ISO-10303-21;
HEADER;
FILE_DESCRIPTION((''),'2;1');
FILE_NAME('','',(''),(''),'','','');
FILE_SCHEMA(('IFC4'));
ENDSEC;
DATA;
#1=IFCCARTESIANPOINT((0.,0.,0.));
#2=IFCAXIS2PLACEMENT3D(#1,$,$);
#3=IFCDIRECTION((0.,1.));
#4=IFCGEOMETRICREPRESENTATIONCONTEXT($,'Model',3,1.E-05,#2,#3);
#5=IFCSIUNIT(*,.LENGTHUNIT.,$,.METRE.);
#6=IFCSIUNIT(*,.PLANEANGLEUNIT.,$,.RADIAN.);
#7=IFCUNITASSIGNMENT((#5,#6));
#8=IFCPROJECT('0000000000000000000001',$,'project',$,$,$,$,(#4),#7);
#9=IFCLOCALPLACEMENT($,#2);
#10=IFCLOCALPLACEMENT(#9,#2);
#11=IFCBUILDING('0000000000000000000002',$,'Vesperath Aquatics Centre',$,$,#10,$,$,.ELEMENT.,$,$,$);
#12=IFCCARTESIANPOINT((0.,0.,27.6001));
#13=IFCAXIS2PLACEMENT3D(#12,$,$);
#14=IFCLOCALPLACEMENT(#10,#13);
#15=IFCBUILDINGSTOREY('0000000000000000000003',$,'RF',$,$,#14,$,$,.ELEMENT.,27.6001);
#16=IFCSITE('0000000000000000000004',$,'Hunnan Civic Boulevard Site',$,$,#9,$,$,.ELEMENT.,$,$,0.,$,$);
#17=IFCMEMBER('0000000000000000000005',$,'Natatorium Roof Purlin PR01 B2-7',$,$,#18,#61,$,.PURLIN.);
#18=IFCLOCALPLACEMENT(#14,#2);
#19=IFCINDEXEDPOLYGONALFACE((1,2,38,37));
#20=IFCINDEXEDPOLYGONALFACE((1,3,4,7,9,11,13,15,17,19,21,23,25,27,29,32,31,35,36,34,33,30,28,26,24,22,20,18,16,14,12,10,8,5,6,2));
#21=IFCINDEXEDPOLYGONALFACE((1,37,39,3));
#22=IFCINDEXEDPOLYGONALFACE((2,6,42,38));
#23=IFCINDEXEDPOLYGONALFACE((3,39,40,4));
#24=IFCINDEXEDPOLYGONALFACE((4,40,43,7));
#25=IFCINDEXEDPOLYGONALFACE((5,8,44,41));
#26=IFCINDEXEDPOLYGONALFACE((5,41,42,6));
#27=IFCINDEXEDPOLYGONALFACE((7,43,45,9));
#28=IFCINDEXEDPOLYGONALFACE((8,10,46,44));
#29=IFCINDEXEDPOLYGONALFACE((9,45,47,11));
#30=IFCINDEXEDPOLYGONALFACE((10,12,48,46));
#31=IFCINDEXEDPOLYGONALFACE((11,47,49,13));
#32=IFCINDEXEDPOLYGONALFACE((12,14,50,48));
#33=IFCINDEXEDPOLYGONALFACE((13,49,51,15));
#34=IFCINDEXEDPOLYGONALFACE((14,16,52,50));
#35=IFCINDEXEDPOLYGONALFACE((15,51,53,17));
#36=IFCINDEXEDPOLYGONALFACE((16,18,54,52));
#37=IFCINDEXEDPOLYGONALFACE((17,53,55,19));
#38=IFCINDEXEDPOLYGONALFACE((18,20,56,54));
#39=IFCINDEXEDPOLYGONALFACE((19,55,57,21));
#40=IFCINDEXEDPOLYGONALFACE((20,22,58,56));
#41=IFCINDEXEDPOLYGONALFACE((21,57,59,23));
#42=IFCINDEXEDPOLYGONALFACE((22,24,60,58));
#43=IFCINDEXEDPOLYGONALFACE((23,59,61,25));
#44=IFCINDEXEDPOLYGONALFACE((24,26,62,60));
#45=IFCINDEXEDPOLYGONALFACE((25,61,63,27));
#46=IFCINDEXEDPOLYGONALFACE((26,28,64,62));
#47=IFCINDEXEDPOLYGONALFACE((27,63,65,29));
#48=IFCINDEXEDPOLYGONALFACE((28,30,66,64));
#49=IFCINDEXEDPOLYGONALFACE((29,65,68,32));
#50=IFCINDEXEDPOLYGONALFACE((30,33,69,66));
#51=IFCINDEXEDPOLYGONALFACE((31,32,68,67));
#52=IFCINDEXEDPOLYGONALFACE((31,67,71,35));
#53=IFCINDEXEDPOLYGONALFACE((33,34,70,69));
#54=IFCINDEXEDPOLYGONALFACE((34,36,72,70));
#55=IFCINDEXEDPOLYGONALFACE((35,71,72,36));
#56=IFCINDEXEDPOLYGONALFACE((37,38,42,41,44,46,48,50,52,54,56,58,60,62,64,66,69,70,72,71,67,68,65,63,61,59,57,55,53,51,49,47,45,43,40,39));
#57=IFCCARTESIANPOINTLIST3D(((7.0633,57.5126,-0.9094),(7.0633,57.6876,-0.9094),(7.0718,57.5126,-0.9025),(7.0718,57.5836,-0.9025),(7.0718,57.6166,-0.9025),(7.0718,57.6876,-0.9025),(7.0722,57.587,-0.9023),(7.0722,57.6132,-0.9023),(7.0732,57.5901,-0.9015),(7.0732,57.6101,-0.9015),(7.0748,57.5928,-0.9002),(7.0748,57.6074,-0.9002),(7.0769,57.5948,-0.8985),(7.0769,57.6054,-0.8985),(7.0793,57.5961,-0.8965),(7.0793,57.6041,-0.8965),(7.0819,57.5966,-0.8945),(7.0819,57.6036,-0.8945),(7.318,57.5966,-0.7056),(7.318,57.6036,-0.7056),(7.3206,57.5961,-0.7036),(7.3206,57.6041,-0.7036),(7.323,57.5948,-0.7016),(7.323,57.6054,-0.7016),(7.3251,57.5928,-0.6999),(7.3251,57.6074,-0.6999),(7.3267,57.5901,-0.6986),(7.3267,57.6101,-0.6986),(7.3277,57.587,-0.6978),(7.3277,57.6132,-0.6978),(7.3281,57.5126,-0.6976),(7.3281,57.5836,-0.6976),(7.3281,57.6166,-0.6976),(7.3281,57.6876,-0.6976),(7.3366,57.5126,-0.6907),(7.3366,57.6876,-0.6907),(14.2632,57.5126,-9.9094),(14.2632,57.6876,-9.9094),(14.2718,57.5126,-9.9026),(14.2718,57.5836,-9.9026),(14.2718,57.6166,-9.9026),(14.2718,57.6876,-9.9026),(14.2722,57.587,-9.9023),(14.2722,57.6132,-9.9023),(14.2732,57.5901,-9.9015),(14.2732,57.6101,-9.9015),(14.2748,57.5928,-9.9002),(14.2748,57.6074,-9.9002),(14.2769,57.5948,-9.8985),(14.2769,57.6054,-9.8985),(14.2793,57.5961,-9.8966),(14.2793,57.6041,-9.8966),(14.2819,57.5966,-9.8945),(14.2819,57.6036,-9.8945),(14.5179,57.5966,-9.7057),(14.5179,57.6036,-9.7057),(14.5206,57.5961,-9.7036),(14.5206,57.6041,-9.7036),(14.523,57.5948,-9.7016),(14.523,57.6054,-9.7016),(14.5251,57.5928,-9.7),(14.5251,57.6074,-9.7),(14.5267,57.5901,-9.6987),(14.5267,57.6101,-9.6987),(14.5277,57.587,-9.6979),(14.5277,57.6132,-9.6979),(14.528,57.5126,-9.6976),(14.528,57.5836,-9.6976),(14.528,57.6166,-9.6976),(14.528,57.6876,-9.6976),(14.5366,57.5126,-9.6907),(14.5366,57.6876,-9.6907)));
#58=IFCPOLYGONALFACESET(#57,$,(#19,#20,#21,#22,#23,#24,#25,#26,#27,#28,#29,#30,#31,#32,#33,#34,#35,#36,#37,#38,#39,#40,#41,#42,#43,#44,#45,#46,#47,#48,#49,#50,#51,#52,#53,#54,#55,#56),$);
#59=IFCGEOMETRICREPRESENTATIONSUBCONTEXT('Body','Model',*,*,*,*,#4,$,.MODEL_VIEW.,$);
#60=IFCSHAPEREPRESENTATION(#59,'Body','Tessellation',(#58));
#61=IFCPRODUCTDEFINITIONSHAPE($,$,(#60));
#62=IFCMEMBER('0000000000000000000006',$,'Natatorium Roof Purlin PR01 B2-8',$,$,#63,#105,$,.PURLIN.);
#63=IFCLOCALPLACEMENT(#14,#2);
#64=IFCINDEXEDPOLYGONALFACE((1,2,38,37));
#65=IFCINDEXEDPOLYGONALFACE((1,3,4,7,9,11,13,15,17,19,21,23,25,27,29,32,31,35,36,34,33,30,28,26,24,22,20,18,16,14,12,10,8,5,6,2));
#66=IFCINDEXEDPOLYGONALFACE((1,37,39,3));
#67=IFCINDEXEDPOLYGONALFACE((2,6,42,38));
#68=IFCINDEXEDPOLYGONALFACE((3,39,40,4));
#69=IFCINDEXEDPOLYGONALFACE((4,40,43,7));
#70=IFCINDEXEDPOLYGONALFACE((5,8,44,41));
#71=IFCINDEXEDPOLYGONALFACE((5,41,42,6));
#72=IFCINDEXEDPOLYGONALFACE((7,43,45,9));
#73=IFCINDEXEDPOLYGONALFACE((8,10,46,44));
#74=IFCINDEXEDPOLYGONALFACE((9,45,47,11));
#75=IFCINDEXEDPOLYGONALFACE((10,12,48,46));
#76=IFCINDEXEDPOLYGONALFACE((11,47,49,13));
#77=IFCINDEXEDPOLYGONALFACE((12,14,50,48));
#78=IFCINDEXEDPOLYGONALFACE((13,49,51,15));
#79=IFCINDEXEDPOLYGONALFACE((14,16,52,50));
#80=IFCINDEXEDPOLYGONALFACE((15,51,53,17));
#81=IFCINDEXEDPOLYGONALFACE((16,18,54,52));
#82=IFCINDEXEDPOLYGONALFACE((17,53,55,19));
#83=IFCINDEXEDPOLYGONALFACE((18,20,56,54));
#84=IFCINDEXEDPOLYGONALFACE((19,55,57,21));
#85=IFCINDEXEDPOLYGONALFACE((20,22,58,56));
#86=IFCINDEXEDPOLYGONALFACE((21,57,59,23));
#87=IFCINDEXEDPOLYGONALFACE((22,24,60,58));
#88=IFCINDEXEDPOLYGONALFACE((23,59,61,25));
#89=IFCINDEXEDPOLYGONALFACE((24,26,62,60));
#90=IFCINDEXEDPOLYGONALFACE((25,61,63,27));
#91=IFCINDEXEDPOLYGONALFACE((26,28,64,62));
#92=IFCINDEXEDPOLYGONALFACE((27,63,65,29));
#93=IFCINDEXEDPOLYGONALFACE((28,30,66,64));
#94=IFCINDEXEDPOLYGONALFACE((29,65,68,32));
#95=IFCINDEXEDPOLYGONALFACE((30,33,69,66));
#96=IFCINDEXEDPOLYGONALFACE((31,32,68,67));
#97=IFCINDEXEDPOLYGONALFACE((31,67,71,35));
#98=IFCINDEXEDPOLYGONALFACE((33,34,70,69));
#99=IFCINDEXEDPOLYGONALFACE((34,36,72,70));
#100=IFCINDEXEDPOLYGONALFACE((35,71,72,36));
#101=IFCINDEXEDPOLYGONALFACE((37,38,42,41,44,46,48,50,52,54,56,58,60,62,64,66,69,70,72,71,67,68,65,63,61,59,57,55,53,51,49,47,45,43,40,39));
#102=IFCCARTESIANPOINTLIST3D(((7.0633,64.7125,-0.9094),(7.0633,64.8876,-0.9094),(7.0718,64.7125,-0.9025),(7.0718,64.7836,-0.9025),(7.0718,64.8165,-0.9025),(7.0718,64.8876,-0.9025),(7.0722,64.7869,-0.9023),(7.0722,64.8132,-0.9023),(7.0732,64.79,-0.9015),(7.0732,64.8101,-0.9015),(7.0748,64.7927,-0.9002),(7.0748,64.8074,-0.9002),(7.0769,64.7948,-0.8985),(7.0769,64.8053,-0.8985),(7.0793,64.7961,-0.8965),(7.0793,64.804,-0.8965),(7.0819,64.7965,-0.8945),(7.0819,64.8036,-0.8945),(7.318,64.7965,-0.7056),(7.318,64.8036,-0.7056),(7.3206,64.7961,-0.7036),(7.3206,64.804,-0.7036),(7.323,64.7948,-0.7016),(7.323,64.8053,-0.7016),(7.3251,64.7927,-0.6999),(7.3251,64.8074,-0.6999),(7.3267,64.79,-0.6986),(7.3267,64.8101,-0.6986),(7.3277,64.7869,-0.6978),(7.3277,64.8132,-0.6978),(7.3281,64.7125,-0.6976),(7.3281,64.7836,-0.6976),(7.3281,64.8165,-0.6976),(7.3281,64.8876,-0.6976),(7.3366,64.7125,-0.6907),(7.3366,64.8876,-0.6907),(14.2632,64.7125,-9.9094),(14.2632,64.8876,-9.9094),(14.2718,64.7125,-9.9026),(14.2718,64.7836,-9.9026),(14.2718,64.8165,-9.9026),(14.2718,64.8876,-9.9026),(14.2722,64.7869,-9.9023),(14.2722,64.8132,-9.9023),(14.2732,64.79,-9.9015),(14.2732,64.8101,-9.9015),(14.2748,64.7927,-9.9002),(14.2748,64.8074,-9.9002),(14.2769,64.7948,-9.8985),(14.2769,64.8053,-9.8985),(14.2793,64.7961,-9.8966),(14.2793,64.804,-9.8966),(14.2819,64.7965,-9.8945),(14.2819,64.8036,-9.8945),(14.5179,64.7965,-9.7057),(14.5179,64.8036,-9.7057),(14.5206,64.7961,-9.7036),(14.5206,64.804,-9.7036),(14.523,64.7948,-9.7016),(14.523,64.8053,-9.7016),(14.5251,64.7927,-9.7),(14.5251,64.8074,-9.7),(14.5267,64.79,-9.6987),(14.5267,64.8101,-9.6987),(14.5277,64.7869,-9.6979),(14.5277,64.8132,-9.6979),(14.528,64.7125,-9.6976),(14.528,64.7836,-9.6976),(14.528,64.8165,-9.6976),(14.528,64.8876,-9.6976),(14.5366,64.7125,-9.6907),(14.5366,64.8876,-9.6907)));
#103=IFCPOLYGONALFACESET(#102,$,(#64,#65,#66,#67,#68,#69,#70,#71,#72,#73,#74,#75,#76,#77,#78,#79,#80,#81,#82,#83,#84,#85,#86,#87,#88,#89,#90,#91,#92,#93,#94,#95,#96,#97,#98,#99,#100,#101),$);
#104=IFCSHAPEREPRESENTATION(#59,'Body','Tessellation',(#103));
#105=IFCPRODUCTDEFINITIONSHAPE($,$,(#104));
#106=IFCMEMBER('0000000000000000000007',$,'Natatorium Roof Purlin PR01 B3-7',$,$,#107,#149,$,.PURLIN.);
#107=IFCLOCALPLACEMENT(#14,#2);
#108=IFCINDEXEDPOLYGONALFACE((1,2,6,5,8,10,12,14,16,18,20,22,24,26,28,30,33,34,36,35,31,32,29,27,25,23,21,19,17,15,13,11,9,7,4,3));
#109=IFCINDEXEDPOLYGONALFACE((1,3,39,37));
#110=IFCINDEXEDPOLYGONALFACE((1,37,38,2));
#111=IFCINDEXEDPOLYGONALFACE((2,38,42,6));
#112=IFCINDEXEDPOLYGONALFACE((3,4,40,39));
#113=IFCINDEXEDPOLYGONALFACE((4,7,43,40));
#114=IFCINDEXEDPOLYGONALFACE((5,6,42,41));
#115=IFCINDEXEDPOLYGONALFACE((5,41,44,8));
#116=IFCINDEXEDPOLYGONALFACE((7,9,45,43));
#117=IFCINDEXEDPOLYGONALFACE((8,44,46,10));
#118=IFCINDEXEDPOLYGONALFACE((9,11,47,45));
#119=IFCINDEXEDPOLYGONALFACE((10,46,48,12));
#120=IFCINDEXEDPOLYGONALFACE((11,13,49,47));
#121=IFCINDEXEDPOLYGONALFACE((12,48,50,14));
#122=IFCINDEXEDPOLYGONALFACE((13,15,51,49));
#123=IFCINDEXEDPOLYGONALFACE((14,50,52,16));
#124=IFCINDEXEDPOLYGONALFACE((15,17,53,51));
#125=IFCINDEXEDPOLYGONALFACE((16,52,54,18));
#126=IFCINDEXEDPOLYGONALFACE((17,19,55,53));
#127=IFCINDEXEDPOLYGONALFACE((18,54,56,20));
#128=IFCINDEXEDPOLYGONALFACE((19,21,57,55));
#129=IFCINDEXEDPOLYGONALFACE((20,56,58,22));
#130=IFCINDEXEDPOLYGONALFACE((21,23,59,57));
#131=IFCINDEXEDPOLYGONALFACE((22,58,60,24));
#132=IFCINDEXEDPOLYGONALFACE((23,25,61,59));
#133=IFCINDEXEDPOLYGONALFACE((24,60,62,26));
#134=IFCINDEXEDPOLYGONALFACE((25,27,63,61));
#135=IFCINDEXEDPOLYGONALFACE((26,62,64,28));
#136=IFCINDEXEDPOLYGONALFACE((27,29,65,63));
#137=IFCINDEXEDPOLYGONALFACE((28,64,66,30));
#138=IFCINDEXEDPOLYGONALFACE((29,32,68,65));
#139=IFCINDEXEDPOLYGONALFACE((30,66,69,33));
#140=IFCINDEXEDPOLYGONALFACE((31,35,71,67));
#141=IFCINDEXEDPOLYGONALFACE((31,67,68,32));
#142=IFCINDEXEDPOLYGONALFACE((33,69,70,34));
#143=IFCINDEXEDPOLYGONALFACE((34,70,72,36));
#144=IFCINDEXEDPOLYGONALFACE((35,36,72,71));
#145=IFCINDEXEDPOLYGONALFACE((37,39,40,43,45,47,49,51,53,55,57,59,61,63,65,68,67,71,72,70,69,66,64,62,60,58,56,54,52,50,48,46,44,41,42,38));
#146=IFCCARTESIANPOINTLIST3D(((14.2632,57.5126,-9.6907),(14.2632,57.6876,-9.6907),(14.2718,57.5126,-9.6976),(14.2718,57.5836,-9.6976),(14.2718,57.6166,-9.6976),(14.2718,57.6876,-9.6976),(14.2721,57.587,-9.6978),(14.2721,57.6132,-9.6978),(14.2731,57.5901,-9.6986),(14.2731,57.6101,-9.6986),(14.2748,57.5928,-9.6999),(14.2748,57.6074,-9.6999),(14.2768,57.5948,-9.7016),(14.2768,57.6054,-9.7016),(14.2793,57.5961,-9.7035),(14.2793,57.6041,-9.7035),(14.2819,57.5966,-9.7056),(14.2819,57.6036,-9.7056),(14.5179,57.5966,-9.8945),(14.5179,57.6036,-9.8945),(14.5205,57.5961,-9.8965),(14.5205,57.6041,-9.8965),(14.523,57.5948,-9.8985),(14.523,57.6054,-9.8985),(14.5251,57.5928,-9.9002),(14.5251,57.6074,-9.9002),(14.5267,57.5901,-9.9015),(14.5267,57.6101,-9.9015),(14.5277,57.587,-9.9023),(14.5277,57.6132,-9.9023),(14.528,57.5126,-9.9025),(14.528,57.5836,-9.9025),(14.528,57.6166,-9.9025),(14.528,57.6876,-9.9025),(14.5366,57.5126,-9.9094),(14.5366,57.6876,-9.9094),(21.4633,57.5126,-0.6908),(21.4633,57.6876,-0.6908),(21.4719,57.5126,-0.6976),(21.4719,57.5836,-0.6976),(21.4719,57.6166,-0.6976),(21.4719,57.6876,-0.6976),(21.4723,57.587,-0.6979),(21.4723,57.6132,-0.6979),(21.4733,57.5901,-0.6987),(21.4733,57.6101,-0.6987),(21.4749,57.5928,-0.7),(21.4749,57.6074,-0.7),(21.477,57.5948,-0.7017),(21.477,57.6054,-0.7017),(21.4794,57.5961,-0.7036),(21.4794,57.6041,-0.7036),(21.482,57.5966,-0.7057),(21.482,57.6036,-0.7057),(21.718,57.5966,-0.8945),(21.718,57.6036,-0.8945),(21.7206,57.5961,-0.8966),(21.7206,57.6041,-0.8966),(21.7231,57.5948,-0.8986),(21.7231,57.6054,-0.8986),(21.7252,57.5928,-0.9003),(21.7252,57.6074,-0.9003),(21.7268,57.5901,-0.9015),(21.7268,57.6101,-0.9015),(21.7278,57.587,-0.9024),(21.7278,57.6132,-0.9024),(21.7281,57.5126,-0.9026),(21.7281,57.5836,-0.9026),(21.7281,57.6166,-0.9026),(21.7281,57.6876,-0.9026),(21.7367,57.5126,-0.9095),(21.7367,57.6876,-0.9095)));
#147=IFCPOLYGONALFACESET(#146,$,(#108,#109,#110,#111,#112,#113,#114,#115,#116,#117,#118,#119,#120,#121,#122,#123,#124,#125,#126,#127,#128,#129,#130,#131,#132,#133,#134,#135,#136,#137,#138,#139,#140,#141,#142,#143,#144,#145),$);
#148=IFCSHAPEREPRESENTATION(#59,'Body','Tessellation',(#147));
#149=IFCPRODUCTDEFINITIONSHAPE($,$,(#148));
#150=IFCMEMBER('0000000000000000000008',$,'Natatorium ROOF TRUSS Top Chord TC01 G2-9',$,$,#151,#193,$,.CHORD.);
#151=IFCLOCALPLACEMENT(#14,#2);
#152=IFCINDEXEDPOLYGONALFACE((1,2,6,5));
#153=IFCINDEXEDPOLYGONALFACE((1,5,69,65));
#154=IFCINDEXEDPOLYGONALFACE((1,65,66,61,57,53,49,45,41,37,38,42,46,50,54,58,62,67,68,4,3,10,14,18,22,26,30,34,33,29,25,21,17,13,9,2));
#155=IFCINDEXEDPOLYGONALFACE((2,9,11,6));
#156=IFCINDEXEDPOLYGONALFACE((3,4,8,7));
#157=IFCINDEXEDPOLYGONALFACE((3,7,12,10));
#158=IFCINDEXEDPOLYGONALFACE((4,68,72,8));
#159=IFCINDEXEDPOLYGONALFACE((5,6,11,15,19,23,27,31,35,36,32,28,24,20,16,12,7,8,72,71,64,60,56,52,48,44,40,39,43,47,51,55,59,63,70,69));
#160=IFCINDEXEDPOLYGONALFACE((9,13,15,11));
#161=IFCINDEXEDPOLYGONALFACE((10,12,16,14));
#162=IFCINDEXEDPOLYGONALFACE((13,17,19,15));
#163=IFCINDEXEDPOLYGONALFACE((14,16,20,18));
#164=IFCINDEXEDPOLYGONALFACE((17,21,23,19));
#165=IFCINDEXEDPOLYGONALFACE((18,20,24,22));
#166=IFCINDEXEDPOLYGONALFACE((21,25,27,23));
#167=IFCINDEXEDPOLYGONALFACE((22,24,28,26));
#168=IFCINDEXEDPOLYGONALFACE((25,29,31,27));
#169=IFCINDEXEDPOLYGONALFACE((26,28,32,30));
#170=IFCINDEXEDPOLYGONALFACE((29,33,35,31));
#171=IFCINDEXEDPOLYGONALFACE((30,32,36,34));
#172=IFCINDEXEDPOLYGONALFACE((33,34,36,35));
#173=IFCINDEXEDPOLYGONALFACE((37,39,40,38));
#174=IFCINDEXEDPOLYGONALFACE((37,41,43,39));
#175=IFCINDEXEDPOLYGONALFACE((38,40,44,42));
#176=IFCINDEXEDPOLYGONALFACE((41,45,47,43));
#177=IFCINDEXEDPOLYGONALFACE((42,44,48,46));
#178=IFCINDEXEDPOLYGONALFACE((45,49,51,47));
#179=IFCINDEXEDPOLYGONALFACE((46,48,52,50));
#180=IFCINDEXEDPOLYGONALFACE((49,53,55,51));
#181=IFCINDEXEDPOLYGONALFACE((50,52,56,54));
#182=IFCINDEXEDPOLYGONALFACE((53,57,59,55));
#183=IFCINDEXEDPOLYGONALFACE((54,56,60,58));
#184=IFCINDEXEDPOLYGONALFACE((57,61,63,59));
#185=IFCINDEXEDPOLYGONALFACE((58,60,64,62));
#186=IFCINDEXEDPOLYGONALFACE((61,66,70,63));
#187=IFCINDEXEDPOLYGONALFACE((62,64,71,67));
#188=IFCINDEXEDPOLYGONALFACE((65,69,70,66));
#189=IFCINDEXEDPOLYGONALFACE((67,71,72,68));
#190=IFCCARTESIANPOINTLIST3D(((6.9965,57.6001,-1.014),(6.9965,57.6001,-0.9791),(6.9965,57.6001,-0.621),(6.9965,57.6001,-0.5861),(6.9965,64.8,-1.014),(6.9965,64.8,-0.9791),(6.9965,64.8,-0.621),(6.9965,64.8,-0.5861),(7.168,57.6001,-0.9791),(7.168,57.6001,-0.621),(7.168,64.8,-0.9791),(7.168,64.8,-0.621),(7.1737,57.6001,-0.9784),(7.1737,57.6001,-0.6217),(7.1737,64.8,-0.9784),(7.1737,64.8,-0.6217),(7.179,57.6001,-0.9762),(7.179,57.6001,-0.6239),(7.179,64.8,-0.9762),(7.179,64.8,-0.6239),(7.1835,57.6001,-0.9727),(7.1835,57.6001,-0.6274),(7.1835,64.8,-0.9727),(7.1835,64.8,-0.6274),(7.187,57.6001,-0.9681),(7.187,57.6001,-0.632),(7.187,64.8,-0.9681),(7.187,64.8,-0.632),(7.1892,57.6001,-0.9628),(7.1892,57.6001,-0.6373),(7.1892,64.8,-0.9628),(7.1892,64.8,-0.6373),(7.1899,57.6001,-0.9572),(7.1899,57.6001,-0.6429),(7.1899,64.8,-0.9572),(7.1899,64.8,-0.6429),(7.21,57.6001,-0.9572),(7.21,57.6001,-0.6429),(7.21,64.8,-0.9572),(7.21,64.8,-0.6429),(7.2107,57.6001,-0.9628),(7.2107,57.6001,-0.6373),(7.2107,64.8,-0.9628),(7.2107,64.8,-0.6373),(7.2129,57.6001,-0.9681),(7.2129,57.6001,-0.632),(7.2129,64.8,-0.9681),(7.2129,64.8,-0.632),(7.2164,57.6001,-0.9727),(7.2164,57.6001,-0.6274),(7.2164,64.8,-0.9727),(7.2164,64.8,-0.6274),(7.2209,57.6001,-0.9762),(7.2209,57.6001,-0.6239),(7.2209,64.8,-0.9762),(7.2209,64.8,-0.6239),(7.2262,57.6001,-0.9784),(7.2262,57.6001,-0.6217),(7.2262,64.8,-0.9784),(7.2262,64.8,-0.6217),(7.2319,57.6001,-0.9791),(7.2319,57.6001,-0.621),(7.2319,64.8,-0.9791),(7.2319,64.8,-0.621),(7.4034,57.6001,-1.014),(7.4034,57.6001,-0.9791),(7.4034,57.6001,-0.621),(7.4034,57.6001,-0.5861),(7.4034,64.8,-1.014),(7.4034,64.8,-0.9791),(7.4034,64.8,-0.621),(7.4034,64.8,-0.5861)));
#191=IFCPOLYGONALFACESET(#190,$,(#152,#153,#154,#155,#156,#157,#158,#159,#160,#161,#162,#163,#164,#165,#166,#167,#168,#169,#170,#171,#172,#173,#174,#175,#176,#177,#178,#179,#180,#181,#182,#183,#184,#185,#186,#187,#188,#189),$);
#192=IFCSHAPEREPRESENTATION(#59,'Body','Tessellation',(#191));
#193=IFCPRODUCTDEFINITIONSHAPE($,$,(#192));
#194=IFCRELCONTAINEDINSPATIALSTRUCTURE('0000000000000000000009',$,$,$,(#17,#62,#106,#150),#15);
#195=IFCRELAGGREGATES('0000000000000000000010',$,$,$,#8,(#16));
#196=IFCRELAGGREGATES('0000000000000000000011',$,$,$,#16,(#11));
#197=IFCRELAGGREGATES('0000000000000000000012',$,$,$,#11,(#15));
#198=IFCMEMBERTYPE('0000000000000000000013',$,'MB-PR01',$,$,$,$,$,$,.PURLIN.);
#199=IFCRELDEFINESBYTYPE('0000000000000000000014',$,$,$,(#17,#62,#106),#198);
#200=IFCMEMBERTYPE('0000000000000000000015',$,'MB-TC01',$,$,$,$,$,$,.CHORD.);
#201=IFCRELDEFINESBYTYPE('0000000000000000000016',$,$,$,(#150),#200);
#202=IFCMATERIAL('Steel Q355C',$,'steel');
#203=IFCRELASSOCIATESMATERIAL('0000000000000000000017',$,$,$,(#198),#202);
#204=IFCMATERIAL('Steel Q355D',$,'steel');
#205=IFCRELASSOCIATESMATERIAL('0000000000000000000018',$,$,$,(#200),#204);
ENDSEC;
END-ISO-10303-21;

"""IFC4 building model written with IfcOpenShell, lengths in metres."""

from ifc_helpers import new_model, si_unit, direction, frame, origin, origin_2d, place, context, subcontext, project, spatial, i_section, extrude, material, material_profile, profile_set, type_object, element, save


model = new_model("IFC4")

# Units and contexts
model_context = context("Model", 3, precision=1e-05, world=origin(), true_north=direction((0.0, 1.0)))
body_context = subcontext(model_context, "Body", "Model", "MODEL_VIEW")
ifc_project = project(units=[si_unit("LENGTHUNIT", "METRE"), si_unit("PLANEANGLEUNIT", "RADIAN")], contexts=[model_context])

# Site, building, storey
site_placement = place(None, origin())
site = spatial("IfcSite", under=ifc_project, at=site_placement, Name="Hunnan Civic Boulevard Site", CompositionType="ELEMENT", RefElevation=0.0)
building_placement = place(site_placement, origin())
building = spatial("IfcBuilding", under=site, at=building_placement, Name="Vesperath Aquatics Centre", CompositionType="ELEMENT")
storey_placement = place(building_placement, frame((0.0, 0.0, 27.6001)))
storey = spatial("IfcBuildingStorey", under=building, at=storey_placement, Name="RF", CompositionType="ELEMENT", Elevation=27.6001)

# Shared definitions
ifc_material_1 = material(Name="Steel Q355C", Category="steel")

# Members
ifc_material_2 = material(Name="Steel Q355D", Category="steel")
ifc_material_profile_1 = material_profile(ifc_material_1, i_section(OverallWidth=0.175, OverallDepth=0.3501, WebThickness=0.0071, FlangeThickness=0.011, FilletRadius=0.0129, at=origin_2d()), Name="HN 350x175x7x11")
ifc_profile_set_1 = profile_set([ifc_material_profile_1], Name="Steel Q355C")
member_type_1 = type_object("IfcMemberType", Name="MB-PR01", PredefinedType="PURLIN", material=ifc_profile_set_1)
for number, where, z_axis, x_axis, name in (
    (1, (7.2, 57.6001, -0.8), (0.624692, 0.0, -0.780871), (0.0, 1.0, 0.0), "Natatorium Roof Purlin PR01 B2-7"),
    (2, (7.2, 64.8, -0.8), (0.624692, 0.0, -0.780871), (0.0, 1.0, 0.0), "Natatorium Roof Purlin PR01 B2-8"),
    (3, (14.3999, 57.6001, -9.8), (0.624705, 0.0, 0.780861), (0.0, 1.0, 0.0), "Natatorium Roof Purlin PR01 B3-7"),
):
    element("IfcMember", number, at=place(storey_placement, frame(where, z_axis=z_axis, x_axis=x_axis)), inside=storey, type_object=member_type_1, Name=name, PredefinedType="PURLIN", context=body_context, shape_type="SweptSolid", body=[
        extrude(i_section(OverallWidth=0.175, OverallDepth=0.3501, WebThickness=0.0071, FlangeThickness=0.011, FilletRadius=0.0129, at=origin_2d()), origin(), (0.0, 0.0, 1.0), 11.5256),
    ])
ifc_material_profile_2 = material_profile(ifc_material_2, i_section(OverallWidth=0.407, OverallDepth=0.428, WebThickness=0.02, FlangeThickness=0.0349, FilletRadius=0.022, at=origin_2d()), Name="HW 428x407x20x35")
ifc_profile_set_2 = profile_set([ifc_material_profile_2], Name="Steel Q355D")
member_type_2 = type_object("IfcMemberType", Name="MB-TC01", PredefinedType="CHORD", material=ifc_profile_set_2)
for number, where, z_axis, x_axis, name in (
    (4, (7.2, 57.6001, -0.8), (0.0, 1.0, 0.0), (-1.0, 0.0, 0.0), "Natatorium ROOF TRUSS Top Chord TC01 G2-9"),
):
    element("IfcMember", number, at=place(storey_placement, frame(where, z_axis=z_axis, x_axis=x_axis)), inside=storey, type_object=member_type_2, Name=name, PredefinedType="CHORD", context=body_context, shape_type="SweptSolid", body=[
        extrude(i_section(OverallWidth=0.407, OverallDepth=0.428, WebThickness=0.02, FlangeThickness=0.0349, FilletRadius=0.022, at=origin_2d()), origin(), (0.0, 0.0, 1.0), 7.2),
    ])

save(model, "model.ifc")
